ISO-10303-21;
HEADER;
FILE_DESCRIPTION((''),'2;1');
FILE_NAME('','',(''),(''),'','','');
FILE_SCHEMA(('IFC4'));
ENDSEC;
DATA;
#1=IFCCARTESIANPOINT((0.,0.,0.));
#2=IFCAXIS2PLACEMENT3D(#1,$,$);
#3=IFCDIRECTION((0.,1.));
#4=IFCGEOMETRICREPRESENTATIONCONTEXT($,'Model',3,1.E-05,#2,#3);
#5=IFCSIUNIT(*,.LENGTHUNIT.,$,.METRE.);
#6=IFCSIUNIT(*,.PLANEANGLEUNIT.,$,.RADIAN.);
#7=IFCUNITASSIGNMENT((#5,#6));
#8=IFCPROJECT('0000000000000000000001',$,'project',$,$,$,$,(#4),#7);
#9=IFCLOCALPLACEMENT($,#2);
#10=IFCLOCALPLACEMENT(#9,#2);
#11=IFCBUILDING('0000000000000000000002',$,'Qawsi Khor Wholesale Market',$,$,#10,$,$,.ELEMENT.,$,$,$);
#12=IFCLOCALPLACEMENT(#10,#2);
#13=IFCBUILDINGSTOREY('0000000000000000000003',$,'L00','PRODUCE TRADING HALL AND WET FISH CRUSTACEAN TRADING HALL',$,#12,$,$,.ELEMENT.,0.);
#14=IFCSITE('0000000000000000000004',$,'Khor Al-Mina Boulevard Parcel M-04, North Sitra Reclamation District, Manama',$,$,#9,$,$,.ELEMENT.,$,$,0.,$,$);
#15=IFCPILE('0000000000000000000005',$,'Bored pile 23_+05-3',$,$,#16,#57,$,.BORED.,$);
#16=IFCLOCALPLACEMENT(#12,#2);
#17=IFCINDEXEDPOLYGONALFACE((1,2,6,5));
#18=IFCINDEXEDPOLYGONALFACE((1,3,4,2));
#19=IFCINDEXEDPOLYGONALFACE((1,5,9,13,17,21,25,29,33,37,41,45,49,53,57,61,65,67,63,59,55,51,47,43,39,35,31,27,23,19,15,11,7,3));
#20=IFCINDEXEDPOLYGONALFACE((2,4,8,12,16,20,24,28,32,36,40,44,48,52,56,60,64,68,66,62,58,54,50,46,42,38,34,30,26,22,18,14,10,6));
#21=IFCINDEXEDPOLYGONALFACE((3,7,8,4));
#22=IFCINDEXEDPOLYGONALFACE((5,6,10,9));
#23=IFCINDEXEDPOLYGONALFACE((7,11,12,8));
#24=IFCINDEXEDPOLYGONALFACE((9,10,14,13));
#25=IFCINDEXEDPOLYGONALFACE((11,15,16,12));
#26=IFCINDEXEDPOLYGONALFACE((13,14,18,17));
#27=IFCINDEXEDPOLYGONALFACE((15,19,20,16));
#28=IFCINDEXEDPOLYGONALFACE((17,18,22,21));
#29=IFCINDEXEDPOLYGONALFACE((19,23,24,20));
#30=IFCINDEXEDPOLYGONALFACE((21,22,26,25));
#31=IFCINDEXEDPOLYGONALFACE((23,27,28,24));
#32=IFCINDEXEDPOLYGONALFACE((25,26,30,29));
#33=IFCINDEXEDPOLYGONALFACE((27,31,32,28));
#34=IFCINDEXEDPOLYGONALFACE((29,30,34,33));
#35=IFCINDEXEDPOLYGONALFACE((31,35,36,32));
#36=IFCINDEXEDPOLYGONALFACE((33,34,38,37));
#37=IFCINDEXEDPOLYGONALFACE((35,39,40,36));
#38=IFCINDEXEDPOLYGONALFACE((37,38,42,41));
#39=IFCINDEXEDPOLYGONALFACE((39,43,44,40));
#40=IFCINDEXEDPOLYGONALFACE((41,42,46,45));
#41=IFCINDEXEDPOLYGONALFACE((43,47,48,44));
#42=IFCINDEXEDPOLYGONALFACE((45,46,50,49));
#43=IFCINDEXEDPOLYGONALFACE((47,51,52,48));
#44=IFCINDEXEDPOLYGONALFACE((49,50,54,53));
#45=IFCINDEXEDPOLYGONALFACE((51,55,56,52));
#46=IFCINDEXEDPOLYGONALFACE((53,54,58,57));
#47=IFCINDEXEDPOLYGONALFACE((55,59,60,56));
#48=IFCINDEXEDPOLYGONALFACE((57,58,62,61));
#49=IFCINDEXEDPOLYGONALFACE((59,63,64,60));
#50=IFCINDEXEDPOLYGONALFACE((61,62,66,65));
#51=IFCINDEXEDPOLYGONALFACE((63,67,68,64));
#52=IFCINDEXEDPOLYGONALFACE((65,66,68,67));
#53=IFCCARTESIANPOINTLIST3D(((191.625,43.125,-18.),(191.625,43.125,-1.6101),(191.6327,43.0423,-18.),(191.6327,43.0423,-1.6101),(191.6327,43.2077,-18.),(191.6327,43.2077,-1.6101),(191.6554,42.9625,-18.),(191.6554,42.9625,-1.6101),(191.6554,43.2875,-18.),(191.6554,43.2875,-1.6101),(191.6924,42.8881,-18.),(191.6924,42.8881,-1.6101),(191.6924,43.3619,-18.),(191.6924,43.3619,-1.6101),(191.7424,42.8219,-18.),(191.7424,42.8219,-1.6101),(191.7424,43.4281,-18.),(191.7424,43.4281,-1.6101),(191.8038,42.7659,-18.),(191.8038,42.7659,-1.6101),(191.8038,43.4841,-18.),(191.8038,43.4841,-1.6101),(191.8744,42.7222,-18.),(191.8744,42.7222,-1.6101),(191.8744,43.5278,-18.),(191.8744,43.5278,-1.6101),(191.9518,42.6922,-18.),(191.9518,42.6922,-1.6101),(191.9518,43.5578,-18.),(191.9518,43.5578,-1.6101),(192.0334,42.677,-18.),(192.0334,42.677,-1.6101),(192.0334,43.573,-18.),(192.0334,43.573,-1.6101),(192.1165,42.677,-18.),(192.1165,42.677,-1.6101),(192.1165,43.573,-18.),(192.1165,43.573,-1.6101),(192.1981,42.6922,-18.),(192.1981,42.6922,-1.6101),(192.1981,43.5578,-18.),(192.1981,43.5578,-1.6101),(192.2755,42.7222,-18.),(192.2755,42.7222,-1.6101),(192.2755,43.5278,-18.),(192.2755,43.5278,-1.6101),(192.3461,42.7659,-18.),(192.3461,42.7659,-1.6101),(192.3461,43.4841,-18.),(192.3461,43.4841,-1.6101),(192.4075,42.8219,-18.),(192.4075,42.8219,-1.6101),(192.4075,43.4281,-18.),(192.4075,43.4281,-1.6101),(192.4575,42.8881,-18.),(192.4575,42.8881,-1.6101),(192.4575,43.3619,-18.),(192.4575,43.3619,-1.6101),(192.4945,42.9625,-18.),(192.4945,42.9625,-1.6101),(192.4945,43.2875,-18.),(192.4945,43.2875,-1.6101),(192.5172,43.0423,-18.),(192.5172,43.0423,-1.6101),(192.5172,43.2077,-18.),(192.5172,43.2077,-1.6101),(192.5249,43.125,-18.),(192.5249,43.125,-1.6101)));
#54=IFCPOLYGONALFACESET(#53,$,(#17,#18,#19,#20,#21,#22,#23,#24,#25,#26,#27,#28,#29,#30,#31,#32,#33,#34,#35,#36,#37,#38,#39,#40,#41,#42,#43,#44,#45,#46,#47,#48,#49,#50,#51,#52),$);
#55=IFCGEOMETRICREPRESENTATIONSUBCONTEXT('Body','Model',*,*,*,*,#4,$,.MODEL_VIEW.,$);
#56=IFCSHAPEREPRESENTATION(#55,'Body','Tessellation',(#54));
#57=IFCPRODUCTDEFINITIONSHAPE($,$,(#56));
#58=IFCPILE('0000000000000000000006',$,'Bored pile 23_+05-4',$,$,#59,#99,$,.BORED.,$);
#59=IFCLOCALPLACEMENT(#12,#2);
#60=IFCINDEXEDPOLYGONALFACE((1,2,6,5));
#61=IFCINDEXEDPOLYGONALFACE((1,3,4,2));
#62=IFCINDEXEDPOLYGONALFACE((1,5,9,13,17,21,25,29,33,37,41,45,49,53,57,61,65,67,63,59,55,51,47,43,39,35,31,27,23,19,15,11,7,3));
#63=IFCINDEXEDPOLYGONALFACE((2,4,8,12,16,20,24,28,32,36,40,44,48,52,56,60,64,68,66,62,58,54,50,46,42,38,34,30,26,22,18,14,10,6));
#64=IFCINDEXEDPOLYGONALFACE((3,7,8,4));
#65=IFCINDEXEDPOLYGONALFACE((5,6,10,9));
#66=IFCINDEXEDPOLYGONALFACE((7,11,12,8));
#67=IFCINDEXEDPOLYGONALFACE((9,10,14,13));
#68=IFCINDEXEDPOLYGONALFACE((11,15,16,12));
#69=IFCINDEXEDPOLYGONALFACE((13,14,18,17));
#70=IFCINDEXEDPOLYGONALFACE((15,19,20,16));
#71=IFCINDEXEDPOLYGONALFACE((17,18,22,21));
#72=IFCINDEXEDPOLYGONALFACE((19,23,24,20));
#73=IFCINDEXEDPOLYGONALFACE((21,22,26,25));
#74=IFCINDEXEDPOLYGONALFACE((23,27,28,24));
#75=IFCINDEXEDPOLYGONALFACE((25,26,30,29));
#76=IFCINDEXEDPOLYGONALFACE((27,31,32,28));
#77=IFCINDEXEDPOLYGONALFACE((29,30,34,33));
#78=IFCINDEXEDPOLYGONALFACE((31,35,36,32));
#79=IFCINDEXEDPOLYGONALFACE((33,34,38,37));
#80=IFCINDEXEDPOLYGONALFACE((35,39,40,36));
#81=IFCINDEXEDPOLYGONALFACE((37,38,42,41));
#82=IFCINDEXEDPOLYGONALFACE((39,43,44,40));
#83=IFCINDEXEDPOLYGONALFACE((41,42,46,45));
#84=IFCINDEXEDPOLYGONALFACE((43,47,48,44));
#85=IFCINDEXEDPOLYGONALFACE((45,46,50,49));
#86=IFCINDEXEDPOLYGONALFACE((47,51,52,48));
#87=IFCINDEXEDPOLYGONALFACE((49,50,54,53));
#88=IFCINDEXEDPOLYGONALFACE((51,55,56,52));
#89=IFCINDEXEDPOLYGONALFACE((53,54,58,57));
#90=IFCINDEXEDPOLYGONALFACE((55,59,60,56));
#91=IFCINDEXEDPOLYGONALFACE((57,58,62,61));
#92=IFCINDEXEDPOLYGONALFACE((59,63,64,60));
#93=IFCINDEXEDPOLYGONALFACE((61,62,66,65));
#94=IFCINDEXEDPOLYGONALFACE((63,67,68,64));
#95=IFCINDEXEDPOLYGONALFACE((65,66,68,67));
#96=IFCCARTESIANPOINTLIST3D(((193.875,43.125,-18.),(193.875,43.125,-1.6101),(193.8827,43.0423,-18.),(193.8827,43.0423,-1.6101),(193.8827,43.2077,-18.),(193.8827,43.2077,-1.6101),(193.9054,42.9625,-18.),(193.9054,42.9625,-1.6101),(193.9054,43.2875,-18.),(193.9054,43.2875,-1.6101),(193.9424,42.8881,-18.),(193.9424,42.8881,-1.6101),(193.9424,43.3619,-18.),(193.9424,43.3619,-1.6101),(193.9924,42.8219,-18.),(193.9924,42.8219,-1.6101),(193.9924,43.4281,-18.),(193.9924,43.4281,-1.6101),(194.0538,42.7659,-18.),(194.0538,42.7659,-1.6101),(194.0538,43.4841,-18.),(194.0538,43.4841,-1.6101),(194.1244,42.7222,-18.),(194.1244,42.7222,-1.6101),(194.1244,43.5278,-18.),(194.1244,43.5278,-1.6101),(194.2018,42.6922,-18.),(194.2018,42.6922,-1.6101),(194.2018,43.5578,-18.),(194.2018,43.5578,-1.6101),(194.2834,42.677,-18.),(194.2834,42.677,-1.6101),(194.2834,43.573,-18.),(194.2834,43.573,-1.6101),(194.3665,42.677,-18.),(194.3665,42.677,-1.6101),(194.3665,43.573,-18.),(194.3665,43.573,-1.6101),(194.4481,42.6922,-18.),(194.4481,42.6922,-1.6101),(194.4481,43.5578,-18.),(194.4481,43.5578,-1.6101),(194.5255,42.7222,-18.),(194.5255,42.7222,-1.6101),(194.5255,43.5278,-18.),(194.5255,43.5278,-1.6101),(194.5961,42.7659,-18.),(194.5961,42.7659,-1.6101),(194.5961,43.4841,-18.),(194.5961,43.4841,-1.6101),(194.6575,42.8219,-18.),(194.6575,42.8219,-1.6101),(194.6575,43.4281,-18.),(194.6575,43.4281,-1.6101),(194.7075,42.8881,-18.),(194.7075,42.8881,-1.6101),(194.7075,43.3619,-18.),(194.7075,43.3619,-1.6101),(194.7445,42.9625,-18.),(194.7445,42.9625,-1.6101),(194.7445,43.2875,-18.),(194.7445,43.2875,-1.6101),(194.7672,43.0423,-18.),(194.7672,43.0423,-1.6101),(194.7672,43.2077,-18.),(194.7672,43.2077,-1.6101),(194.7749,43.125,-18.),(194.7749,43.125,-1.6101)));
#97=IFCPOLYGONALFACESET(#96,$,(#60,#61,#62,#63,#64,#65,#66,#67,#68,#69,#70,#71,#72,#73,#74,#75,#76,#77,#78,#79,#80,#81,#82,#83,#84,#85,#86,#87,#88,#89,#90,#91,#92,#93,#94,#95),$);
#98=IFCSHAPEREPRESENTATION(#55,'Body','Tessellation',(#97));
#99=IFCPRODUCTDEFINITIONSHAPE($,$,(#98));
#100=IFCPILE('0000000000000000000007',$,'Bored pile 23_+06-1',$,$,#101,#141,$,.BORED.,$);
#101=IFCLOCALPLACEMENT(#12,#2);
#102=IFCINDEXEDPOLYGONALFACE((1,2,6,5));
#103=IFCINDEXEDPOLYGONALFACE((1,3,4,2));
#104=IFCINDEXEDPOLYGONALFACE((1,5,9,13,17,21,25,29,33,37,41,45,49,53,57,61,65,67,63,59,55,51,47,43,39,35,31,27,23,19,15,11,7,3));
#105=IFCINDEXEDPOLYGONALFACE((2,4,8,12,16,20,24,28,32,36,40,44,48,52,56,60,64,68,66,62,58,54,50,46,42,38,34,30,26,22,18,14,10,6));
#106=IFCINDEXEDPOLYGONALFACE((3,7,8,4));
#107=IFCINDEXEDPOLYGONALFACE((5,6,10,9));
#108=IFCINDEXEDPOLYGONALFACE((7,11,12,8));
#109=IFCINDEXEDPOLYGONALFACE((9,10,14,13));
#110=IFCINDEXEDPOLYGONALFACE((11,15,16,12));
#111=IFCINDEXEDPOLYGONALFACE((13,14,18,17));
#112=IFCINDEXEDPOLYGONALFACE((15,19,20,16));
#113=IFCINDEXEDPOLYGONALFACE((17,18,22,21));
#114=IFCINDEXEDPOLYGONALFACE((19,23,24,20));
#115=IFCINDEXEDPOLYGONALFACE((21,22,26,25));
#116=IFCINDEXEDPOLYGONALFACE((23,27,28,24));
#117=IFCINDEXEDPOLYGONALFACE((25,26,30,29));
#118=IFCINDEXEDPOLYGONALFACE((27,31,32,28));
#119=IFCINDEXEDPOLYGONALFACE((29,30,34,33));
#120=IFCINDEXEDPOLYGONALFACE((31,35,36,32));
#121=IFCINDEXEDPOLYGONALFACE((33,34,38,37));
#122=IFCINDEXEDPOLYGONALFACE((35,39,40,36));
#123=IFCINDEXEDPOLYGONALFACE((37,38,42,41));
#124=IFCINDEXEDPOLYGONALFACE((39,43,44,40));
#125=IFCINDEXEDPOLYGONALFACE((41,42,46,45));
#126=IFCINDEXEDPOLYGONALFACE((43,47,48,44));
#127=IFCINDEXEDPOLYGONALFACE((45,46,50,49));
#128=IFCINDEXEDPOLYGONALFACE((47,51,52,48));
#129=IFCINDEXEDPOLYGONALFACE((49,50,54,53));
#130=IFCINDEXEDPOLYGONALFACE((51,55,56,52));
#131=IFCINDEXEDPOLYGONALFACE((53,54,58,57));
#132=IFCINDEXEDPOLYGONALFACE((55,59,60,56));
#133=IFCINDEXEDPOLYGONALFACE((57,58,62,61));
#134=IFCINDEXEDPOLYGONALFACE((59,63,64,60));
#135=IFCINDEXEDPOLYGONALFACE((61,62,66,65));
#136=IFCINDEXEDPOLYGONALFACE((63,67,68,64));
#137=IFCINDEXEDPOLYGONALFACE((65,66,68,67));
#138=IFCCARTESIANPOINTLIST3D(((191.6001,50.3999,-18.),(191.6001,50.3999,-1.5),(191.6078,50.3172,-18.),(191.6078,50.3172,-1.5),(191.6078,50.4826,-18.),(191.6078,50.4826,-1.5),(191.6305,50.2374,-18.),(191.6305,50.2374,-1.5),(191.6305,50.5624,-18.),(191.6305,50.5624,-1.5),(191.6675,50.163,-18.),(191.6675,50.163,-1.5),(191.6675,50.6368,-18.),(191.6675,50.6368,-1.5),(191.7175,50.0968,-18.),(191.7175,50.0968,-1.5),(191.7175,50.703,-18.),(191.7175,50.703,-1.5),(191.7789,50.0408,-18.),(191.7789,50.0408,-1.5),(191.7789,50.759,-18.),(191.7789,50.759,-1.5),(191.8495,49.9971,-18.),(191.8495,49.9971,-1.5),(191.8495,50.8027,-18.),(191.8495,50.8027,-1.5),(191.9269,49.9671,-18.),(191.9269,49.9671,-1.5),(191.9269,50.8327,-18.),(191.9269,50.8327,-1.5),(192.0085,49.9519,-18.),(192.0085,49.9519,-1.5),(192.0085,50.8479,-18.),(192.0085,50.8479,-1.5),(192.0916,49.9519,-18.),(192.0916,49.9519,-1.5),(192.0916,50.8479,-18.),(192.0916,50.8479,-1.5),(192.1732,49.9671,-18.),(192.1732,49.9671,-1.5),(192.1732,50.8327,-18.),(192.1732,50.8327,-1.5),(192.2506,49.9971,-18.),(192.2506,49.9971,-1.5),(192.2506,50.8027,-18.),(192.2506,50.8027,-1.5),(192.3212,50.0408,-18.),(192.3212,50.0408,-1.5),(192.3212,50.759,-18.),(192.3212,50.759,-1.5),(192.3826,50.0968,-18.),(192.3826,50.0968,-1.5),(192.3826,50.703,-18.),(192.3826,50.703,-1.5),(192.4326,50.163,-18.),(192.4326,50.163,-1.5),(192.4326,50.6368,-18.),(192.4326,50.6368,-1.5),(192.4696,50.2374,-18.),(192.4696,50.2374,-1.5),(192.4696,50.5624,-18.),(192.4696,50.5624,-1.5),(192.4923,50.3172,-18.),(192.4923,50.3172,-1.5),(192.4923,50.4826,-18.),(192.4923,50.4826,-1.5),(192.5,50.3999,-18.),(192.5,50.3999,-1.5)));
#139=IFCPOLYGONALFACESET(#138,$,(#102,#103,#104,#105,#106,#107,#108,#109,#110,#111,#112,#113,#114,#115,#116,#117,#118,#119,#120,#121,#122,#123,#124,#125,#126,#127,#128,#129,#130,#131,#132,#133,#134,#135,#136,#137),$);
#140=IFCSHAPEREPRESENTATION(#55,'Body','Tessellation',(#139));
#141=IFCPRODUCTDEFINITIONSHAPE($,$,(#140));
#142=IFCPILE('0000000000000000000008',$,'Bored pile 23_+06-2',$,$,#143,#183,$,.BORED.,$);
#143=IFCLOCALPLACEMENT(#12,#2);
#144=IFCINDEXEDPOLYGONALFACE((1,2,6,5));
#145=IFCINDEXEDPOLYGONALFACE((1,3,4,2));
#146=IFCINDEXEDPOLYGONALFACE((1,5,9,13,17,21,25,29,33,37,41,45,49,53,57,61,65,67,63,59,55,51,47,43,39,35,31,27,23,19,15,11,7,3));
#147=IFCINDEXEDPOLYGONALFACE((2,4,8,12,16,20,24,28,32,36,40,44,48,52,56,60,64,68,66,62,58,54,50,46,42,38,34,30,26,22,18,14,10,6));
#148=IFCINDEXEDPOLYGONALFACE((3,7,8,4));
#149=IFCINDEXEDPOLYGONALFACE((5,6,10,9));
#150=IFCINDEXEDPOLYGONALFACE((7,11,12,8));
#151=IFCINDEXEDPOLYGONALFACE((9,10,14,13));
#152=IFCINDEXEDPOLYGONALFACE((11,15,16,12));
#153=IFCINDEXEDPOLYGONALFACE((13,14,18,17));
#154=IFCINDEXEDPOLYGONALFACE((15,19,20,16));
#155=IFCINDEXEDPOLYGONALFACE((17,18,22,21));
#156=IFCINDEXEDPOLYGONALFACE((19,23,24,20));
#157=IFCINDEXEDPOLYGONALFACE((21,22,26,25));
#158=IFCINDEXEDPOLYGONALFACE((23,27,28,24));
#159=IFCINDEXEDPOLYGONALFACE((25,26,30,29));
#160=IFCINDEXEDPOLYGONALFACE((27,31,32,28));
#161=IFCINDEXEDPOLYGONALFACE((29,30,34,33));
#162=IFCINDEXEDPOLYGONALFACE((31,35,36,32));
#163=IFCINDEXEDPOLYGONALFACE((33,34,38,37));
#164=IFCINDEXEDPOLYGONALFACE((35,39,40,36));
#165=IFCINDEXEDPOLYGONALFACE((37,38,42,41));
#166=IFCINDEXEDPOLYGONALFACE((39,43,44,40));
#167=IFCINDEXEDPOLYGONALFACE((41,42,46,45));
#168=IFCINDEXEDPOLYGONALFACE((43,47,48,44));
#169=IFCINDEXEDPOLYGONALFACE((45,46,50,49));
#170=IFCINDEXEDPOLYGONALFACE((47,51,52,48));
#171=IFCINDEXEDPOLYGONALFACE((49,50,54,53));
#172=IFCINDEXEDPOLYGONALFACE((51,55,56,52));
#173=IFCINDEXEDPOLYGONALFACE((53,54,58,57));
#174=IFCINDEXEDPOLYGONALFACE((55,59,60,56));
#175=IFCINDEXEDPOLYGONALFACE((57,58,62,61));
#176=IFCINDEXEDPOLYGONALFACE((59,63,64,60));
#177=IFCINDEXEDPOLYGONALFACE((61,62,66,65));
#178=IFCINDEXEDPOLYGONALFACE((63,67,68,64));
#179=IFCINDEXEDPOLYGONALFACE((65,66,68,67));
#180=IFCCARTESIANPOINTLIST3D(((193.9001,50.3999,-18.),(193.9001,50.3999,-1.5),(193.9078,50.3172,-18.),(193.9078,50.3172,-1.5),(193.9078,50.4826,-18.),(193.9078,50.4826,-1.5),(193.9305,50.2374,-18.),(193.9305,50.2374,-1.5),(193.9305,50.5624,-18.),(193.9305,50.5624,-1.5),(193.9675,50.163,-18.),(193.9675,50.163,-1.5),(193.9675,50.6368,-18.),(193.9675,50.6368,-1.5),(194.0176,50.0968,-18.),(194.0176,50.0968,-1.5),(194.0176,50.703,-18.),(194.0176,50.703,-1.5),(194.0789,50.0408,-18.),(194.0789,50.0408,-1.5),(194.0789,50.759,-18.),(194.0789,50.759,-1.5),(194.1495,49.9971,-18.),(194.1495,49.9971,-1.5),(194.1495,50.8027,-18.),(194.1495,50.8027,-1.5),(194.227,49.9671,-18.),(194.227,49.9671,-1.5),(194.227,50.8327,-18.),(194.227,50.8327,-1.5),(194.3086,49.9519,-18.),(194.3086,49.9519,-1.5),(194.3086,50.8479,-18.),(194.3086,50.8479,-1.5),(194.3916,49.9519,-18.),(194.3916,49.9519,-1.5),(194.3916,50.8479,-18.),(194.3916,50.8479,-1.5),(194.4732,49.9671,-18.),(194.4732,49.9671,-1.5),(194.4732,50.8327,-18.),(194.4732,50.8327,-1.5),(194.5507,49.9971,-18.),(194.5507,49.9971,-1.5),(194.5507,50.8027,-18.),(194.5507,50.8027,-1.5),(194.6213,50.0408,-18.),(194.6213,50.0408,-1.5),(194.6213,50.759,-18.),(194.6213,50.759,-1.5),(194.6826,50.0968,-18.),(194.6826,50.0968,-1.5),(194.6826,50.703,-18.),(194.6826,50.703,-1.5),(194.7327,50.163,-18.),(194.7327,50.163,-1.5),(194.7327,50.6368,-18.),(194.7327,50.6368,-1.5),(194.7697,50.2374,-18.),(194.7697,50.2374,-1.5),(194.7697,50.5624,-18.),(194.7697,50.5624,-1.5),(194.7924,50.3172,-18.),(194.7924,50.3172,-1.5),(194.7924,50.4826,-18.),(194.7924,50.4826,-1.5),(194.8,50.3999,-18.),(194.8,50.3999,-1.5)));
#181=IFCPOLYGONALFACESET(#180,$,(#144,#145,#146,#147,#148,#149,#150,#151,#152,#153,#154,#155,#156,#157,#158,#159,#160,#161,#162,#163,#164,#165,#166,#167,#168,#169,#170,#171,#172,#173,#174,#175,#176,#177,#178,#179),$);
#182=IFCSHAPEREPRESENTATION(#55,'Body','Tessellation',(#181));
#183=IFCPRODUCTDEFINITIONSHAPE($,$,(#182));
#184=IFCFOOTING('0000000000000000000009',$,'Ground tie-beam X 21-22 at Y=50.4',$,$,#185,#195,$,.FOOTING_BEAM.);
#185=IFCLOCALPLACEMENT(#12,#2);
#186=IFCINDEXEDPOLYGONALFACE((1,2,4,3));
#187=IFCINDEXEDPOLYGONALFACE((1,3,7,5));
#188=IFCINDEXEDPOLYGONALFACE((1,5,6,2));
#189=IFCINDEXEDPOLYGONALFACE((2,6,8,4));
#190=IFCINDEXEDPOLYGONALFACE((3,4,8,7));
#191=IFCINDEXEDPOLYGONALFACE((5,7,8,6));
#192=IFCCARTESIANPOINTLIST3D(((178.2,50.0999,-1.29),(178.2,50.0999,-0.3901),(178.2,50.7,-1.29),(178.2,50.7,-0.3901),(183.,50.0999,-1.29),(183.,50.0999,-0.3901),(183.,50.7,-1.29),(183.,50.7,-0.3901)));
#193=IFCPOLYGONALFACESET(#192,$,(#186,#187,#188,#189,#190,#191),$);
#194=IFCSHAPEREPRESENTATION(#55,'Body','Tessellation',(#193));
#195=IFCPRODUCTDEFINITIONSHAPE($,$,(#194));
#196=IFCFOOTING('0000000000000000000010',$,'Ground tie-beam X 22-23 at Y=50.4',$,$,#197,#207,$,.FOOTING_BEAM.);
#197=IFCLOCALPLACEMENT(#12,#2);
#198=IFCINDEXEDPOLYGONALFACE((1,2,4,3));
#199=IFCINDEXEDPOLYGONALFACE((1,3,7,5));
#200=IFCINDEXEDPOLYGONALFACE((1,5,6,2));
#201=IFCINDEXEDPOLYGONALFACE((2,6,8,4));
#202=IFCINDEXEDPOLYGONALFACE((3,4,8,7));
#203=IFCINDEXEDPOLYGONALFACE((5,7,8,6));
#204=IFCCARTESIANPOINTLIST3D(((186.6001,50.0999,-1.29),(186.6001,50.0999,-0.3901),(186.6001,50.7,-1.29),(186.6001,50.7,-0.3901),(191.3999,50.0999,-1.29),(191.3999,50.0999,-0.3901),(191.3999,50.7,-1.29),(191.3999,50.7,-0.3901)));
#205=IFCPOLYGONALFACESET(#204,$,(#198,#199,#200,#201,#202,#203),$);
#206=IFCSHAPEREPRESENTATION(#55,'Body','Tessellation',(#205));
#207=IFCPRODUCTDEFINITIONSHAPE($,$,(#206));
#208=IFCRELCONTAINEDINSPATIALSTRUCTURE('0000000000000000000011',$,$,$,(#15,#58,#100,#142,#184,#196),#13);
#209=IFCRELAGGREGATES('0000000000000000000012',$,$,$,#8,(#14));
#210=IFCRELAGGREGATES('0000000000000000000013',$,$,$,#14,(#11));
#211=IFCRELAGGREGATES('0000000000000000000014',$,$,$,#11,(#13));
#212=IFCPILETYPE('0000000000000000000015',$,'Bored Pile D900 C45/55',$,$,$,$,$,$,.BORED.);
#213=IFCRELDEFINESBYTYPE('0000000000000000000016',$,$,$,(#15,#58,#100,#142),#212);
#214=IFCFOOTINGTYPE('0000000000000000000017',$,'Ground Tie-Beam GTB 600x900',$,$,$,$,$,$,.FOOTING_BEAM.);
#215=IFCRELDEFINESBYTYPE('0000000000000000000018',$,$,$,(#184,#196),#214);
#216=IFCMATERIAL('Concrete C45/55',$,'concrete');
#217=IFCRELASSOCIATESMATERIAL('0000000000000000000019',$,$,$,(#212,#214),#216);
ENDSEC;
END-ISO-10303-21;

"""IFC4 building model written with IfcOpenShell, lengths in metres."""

from ifc_helpers import new_model, si_unit, direction, frame, origin, origin_2d, place, context, subcontext, project, spatial, rectangle, circle, extrude, material, material_profile, profile_set, type_object, element, save


model = new_model("IFC4")

# Units and contexts
model_context = context("Model", 3, precision=1e-05, world=origin(), true_north=direction((0.0, 1.0)))
body_context = subcontext(model_context, "Body", "Model", "MODEL_VIEW")
ifc_project = project(units=[si_unit("LENGTHUNIT", "METRE"), si_unit("PLANEANGLEUNIT", "RADIAN")], contexts=[model_context])

# Site, building, storey
site_placement = place(None, origin())
site = spatial("IfcSite", under=ifc_project, at=site_placement, Name="Khor Al-Mina Boulevard Parcel M-04, North Sitra Reclamation District, Manama", CompositionType="ELEMENT", RefElevation=0.0)
building_placement = place(site_placement, origin())
building = spatial("IfcBuilding", under=site, at=building_placement, Name="Qawsi Khor Wholesale Market", CompositionType="ELEMENT")
storey_placement = place(building_placement, origin())
storey = spatial("IfcBuildingStorey", under=building, at=storey_placement, Name="L00", Description="PRODUCE TRADING HALL AND WET FISH CRUSTACEAN TRADING HALL", CompositionType="ELEMENT", Elevation=0.0)

# Piles
ifc_material_1 = material(Name="Concrete C45/55", Category="concrete")
ifc_material_profile_1 = material_profile(ifc_material_1, circle(Radius=0.45, at=origin_2d()), Name="PILE D900")
ifc_profile_set_1 = profile_set([ifc_material_profile_1], Name="Concrete C45/55")
pile_type = type_object("IfcPileType", Name="Bored Pile D900 C45/55", PredefinedType="BORED", material=ifc_profile_set_1)
for number, where, z_axis, x_axis, name in (
    (1, (192.075, 43.125, -1.6101), (0.0, 0.0, -1.0), (1.0, 0.0, 0.0), "Bored pile 23_+05-3"),
    (2, (194.325, 43.125, -1.6101), (0.0, 0.0, -1.0), (1.0, 0.0, 0.0), "Bored pile 23_+05-4"),
):
    element("IfcPile", number, at=place(storey_placement, frame(where, z_axis=z_axis, x_axis=x_axis)), inside=storey, type_object=pile_type, Name=name, PredefinedType="BORED", context=body_context, shape_type="SweptSolid", body=[
        extrude(circle(Radius=0.45, at=origin_2d()), origin(), (0.0, 0.0, 1.0), 16.3899),
    ])
for number, where, z_axis, x_axis, name in (
    (3, (192.05, 50.3999, -1.5), (0.0, 0.0, -1.0), (1.0, 0.0, 0.0), "Bored pile 23_+06-1"),
    (4, (194.3501, 50.3999, -1.5), (0.0, 0.0, -1.0), (1.0, 0.0, 0.0), "Bored pile 23_+06-2"),
):
    element("IfcPile", number, at=place(storey_placement, frame(where, z_axis=z_axis, x_axis=x_axis)), inside=storey, type_object=pile_type, Name=name, PredefinedType="BORED", context=body_context, shape_type="SweptSolid", body=[
        extrude(circle(Radius=0.45, at=origin_2d()), origin(), (0.0, 0.0, 1.0), 16.5),
    ])

# Footings
ifc_material_profile_2 = material_profile(ifc_material_1, rectangle(XDim=0.6001, YDim=0.8999, at=origin_2d()), Name="RC 600x900")
ifc_profile_set_2 = profile_set([ifc_material_profile_2], Name="Concrete C45/55")
footing_type_1 = type_object("IfcFootingType", Name="Ground Tie-Beam GTB 600x900", PredefinedType="FOOTING_BEAM", material=ifc_profile_set_2)
footing_1_placement = place(storey_placement, frame((178.2, 50.3999, -0.8401), z_axis=(1.0, 0.0, 0.0), x_axis=(0.0, 1.0, 0.0)))
element("IfcFooting", 5, at=footing_1_placement, inside=storey, type_object=footing_type_1, Name="Ground tie-beam X 21-22 at Y=50.4", PredefinedType="FOOTING_BEAM", context=body_context, shape_type="SweptSolid", body=[
    extrude(rectangle(XDim=0.6001, YDim=0.8999, at=origin_2d()), origin(), (0.0, 0.0, 1.0), 4.8),
])
footing_2_placement = place(storey_placement, frame((186.6001, 50.3999, -0.8401), z_axis=(1.0, 0.0, 0.0), x_axis=(0.0, 1.0, 0.0)))
element("IfcFooting", 6, at=footing_2_placement, inside=storey, type_object=footing_type_1, Name="Ground tie-beam X 22-23 at Y=50.4", PredefinedType="FOOTING_BEAM", context=body_context, shape_type="SweptSolid", body=[
    extrude(rectangle(XDim=0.6001, YDim=0.8999, at=origin_2d()), origin(), (0.0, 0.0, 1.0), 4.7998),
])

save(model, "model.ifc")
